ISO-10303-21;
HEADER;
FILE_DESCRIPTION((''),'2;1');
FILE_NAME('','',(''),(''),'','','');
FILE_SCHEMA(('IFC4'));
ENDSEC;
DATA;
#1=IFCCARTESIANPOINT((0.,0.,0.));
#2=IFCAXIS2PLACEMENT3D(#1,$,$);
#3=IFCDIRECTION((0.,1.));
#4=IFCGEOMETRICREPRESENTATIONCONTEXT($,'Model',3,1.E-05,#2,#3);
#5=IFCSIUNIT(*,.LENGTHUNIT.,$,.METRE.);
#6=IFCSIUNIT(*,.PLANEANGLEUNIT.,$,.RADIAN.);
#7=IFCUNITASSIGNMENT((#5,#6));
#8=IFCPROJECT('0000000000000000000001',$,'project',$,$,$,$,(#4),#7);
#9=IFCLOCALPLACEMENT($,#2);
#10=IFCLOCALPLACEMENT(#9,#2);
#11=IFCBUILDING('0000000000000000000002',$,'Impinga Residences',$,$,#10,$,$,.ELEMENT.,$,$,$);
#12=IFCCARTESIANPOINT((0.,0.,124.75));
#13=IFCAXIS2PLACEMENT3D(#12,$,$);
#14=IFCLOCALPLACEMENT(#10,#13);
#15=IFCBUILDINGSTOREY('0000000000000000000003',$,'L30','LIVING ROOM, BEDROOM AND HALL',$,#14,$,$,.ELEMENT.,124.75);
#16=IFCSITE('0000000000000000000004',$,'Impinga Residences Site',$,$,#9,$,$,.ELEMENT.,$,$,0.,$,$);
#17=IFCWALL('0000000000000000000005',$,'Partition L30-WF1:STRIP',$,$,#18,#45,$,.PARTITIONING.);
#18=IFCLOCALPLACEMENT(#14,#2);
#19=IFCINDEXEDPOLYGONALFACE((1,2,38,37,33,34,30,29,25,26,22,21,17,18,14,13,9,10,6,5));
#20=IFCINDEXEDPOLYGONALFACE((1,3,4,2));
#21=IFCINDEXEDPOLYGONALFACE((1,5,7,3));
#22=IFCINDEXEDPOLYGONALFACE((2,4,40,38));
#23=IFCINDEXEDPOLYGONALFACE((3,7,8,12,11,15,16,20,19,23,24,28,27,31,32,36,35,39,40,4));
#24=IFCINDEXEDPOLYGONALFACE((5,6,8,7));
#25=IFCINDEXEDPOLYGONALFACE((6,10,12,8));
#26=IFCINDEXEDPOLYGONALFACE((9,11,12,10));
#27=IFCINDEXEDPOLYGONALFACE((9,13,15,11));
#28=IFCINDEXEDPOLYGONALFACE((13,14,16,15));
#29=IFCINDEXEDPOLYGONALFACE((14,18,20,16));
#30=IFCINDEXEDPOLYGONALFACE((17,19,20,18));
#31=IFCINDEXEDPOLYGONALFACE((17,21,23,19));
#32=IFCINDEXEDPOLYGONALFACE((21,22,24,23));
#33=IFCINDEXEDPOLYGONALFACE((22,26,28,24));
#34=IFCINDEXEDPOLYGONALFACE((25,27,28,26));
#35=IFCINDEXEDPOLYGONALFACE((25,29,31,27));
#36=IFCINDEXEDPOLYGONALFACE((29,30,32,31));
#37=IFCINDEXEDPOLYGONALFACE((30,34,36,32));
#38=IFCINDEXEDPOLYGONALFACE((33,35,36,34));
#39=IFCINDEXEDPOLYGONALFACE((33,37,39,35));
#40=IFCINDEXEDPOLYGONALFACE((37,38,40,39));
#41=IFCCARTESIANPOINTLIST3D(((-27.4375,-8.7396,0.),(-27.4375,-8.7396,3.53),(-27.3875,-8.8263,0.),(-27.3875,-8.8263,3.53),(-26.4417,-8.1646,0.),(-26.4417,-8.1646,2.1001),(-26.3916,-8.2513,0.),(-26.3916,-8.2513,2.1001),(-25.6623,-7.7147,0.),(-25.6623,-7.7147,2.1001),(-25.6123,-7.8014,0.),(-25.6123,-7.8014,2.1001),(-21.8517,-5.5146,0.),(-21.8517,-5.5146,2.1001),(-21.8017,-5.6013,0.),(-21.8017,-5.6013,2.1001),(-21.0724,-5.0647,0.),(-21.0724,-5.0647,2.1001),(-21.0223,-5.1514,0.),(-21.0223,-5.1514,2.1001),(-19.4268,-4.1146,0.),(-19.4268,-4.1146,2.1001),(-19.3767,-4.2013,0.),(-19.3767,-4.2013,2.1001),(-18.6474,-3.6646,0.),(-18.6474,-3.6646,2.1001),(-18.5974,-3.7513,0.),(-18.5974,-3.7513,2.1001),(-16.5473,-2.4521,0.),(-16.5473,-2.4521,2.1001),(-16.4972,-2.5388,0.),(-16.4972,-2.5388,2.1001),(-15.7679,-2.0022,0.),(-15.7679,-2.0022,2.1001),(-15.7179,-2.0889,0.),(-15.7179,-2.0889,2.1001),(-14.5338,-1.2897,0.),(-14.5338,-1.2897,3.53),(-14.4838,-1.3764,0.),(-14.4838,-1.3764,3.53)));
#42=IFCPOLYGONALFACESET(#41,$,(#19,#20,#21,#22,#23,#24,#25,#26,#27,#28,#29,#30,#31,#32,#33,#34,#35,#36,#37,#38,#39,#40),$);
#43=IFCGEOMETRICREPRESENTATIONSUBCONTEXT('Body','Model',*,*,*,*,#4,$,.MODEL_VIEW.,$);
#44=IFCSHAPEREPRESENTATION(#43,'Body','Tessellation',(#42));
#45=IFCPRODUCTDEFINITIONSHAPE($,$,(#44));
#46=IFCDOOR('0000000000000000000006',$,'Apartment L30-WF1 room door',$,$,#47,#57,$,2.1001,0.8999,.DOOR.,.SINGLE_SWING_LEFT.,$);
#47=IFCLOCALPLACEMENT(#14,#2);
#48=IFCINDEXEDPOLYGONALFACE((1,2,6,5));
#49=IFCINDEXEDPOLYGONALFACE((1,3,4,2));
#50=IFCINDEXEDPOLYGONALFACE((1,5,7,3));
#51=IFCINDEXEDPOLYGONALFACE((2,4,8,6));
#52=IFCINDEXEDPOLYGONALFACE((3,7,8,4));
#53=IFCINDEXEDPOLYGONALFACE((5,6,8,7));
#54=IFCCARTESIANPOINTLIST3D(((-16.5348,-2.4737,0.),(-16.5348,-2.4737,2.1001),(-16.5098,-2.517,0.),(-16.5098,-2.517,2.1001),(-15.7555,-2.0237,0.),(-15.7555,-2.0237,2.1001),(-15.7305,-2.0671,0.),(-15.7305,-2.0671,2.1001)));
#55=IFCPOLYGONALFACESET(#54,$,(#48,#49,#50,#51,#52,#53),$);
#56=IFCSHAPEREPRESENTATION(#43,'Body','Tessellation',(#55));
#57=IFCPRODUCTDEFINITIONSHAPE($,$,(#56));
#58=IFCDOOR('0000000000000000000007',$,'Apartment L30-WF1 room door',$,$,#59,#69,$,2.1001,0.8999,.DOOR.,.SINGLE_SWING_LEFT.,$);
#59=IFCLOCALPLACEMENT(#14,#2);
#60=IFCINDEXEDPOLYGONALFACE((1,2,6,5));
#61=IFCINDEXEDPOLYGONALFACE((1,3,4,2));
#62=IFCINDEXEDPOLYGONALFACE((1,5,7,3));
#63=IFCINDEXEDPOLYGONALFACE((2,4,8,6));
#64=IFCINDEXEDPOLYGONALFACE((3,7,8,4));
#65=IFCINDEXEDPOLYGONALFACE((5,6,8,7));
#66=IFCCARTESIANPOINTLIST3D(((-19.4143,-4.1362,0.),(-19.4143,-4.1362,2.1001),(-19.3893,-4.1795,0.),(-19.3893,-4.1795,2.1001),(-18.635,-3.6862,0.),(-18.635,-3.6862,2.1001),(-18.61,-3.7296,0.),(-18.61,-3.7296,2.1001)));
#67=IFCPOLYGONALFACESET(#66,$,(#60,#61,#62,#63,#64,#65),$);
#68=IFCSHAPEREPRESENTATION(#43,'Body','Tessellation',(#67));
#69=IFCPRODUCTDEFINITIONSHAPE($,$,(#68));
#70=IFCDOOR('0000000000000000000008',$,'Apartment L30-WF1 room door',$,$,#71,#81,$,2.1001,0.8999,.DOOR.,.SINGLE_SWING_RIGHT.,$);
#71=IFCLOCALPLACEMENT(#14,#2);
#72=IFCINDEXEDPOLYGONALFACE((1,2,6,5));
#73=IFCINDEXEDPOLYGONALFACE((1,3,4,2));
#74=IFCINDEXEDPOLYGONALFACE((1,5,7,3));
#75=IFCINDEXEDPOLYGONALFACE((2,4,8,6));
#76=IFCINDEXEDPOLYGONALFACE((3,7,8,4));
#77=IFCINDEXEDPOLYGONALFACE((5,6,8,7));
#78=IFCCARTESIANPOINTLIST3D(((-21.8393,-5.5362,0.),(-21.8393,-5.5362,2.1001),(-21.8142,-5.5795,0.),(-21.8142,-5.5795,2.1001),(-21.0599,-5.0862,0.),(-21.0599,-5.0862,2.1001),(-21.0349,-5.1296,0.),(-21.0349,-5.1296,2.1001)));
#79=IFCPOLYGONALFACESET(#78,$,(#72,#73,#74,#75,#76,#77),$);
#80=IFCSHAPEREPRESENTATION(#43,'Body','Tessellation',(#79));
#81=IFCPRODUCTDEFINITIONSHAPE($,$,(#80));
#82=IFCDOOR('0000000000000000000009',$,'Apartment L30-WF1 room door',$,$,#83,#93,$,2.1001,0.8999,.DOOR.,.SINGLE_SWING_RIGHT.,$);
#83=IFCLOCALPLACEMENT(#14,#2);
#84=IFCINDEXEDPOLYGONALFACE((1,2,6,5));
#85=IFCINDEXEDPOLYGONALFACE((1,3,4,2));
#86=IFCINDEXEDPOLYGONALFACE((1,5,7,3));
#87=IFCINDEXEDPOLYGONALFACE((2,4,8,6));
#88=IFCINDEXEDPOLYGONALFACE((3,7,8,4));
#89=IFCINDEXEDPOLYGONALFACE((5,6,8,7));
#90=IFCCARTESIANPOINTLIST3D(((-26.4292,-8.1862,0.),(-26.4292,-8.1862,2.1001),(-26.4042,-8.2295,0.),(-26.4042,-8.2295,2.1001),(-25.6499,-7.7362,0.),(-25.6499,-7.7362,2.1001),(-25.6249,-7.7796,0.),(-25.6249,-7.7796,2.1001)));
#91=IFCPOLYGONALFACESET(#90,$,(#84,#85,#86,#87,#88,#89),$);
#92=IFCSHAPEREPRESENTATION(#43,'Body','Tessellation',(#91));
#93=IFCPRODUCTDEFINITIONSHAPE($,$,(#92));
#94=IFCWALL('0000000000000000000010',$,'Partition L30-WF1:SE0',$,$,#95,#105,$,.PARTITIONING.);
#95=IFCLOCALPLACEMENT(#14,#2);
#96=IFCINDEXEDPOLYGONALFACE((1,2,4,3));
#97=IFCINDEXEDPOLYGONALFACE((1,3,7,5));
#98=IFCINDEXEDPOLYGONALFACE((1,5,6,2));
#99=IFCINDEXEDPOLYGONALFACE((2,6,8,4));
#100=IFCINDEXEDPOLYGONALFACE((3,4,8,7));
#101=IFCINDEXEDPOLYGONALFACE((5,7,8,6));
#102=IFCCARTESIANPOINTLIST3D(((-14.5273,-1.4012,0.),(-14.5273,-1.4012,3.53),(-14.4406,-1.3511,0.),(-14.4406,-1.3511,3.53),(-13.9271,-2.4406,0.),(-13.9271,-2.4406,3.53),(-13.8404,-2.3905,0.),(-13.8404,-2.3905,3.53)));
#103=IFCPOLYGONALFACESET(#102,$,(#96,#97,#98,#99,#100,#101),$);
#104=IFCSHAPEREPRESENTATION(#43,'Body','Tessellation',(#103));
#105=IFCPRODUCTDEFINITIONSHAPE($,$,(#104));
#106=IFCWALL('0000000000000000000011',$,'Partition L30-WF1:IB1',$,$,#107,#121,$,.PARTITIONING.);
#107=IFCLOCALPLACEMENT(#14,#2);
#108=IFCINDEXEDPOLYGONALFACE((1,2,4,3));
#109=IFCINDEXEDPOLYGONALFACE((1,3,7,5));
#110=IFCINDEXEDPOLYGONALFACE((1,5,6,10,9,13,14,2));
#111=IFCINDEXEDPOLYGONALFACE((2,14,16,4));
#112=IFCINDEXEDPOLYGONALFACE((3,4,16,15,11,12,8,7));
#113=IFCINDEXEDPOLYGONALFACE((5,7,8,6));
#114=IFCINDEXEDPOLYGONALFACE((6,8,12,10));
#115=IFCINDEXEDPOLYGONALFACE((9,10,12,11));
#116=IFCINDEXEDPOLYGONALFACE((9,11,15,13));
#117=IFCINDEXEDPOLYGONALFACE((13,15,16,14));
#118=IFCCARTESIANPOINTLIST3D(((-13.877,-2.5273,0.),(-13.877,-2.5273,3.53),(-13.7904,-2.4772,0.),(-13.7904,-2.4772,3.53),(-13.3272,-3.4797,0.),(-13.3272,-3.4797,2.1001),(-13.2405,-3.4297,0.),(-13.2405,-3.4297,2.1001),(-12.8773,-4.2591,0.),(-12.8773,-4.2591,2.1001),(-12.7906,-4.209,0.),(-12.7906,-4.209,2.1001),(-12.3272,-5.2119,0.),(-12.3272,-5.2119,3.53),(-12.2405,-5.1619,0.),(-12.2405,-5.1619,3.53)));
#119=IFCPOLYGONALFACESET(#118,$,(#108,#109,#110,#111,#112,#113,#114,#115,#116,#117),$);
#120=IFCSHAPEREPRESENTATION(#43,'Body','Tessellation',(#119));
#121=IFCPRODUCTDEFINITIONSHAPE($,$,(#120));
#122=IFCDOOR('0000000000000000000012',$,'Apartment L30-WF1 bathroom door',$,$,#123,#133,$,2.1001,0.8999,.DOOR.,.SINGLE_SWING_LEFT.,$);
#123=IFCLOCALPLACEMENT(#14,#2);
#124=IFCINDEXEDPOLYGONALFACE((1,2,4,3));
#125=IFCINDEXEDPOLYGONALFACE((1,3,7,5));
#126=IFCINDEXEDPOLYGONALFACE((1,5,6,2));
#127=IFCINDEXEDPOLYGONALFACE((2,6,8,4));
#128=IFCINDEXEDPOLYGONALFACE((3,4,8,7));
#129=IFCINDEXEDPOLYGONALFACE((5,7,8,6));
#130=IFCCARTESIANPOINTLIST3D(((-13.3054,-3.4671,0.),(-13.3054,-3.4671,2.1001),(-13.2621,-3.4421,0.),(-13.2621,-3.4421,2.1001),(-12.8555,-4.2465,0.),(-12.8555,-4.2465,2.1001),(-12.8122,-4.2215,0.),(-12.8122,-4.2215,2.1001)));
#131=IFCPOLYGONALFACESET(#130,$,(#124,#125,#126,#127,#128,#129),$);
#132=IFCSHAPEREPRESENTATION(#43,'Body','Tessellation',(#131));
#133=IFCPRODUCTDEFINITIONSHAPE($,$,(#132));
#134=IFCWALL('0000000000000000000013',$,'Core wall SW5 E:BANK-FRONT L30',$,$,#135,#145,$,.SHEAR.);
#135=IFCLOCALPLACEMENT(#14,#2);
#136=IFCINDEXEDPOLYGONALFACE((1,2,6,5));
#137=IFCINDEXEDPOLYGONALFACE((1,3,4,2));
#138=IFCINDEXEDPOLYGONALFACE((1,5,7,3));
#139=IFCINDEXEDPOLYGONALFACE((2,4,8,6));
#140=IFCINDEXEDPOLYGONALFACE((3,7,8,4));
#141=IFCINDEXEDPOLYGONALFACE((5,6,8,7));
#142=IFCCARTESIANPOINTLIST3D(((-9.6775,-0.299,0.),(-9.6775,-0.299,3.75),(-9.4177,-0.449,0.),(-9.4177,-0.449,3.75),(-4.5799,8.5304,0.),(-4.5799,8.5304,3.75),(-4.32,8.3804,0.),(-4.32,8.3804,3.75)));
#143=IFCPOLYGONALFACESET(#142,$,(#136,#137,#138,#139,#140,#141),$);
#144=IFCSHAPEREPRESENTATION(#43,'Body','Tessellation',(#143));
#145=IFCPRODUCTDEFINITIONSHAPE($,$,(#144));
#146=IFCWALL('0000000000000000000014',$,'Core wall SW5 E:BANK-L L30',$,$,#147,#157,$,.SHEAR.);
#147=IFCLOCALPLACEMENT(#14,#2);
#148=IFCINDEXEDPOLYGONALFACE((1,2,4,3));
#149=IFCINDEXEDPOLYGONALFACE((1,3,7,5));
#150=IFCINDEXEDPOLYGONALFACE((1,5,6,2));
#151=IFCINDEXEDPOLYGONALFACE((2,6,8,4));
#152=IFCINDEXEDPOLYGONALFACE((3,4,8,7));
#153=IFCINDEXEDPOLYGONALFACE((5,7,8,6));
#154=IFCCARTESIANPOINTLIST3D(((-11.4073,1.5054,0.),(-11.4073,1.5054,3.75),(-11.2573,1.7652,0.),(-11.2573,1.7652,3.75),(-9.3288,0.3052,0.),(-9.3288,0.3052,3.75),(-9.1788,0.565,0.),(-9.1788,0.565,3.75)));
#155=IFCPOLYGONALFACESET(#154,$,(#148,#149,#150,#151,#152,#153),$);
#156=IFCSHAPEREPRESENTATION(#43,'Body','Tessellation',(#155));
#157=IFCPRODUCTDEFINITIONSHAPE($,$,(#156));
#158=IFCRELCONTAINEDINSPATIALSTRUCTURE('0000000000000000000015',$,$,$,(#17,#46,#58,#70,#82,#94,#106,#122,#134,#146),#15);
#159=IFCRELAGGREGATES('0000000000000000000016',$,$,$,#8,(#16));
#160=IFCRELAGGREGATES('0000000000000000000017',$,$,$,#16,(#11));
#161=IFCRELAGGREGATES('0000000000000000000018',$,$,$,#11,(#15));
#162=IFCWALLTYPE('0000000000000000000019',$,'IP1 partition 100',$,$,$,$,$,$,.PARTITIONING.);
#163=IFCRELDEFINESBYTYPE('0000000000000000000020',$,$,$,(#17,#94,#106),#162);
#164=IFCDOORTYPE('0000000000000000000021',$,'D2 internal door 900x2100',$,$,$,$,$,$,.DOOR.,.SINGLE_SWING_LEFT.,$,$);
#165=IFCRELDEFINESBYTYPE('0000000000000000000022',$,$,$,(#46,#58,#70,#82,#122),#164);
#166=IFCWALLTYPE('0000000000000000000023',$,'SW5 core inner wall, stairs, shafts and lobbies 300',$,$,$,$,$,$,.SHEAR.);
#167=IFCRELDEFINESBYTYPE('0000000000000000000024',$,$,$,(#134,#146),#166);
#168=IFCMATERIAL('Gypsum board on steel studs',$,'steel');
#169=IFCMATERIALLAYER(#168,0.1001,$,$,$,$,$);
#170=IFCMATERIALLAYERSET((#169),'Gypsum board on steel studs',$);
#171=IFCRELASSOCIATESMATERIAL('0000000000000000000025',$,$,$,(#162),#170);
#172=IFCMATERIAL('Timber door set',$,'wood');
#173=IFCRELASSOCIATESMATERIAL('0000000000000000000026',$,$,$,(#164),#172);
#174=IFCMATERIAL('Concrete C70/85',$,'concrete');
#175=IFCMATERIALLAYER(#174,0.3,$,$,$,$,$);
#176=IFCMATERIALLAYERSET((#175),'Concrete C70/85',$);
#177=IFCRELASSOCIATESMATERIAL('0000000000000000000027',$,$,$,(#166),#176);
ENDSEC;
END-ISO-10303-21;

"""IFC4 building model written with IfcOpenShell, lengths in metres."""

from ifc_helpers import new_model, si_unit, direction, frame, frame_2d, origin, place, context, subcontext, project, spatial, rectangle, extrude, material, layer, layer_set, type_object, element, fill, save


model = new_model("IFC4")

# Units and contexts
model_context = context("Model", 3, precision=1e-05, world=origin(), true_north=direction((0.0, 1.0)))
body_context = subcontext(model_context, "Body", "Model", "MODEL_VIEW")
ifc_project = project(units=[si_unit("LENGTHUNIT", "METRE"), si_unit("PLANEANGLEUNIT", "RADIAN")], contexts=[model_context])

# Site, building, storey
site_placement = place(None, origin())
site = spatial("IfcSite", under=ifc_project, at=site_placement, Name="Impinga Residences Site", CompositionType="ELEMENT", RefElevation=0.0)
building_placement = place(site_placement, origin())
building = spatial("IfcBuilding", under=site, at=building_placement, Name="Impinga Residences", CompositionType="ELEMENT")
storey_placement = place(building_placement, frame((0.0, 0.0, 124.75)))
storey = spatial("IfcBuildingStorey", under=building, at=storey_placement, Name="L30", Description="LIVING ROOM, BEDROOM AND HALL", CompositionType="ELEMENT", Elevation=124.75)

# Shared definitions
ifc_material_1 = material(Name="Timber door set", Category="wood")

# Shared definitions
ifc_material_2 = material(Name="Gypsum board on steel studs", Category="steel")
ifc_layer_1 = layer(ifc_material_2, 0.1001)
ifc_layer_set_1 = layer_set([ifc_layer_1], Name="Gypsum board on steel studs")
wall_type_1 = type_object("IfcWallType", Name="IP1 partition 100", PredefinedType="PARTITIONING", material=ifc_layer_set_1)

# Wall, openings, doors
wall_1_placement = place(storey_placement, frame((-14.5088, -1.333, 0.0), z_axis=(0.0, 0.0, 1.0), x_axis=(-0.866027, -0.499997, 0.0)))
wall_1 = element("IfcWall", 1, at=wall_1_placement, inside=storey, type_object=wall_type_1, Name="Partition L30-WF1:STRIP", PredefinedType="PARTITIONING", context=body_context, shape_type="SweptSolid", body=[
    extrude(rectangle(XDim=14.8999, YDim=0.1001, at=frame_2d((7.45, 0.0))), origin(), (0.0, 0.0, 1.0), 3.53),
])
opening_1_placement = place(wall_1_placement, frame((1.425, 0.0, 0.0)))
opening_1 = element("IfcOpeningElement", 2, at=opening_1_placement, cuts=wall_1, PredefinedType="OPENING", context=body_context, shape_type="SweptSolid", body=[
    extrude(rectangle(XDim=0.8999, YDim=2.1001, at=frame_2d((0.45, 1.05))), frame((0.0, 0.0601, 0.0), z_axis=(0.0, -1.0, 0.0), x_axis=(1.0, 0.0, 0.0)), (0.0, 0.0, 1.0), 0.1201),
])
opening_2_placement = place(wall_1_placement, frame((4.75, 0.0, 0.0)))
opening_2 = element("IfcOpeningElement", 3, at=opening_2_placement, cuts=wall_1, PredefinedType="OPENING", context=body_context, shape_type="SweptSolid", body=[
    extrude(rectangle(XDim=0.8999, YDim=2.1001, at=frame_2d((0.45, 1.05))), frame((0.0, 0.0601, 0.0), z_axis=(0.0, -1.0, 0.0), x_axis=(1.0, 0.0, 0.0)), (0.0, 0.0, 1.0), 0.1201),
])
opening_3_placement = place(wall_1_placement, frame((7.55, 0.0, 0.0)))
opening_3 = element("IfcOpeningElement", 4, at=opening_3_placement, cuts=wall_1, PredefinedType="OPENING", context=body_context, shape_type="SweptSolid", body=[
    extrude(rectangle(XDim=0.8999, YDim=2.1001, at=frame_2d((0.45, 1.05))), frame((0.0, 0.0601, 0.0), z_axis=(0.0, -1.0, 0.0), x_axis=(1.0, 0.0, 0.0)), (0.0, 0.0, 1.0), 0.1201),
])
opening_4_placement = place(wall_1_placement, frame((12.8501, 0.0, 0.0)))
opening_4 = element("IfcOpeningElement", 5, at=opening_4_placement, cuts=wall_1, PredefinedType="OPENING", context=body_context, shape_type="SweptSolid", body=[
    extrude(rectangle(XDim=0.8999, YDim=2.1001, at=frame_2d((0.45, 1.05))), frame((0.0, 0.0601, 0.0), z_axis=(0.0, -1.0, 0.0), x_axis=(1.0, 0.0, 0.0)), (0.0, 0.0, 1.0), 0.1201),
])
door_type_1 = type_object("IfcDoorType", Name="D2 internal door 900x2100", OperationType="SINGLE_SWING_LEFT", PredefinedType="DOOR", material=ifc_material_1)
door_1_placement = place(opening_1_placement, origin())
door_1 = element("IfcDoor", 6, at=door_1_placement, inside=storey, type_object=door_type_1, Name="Apartment L30-WF1 room door", OperationType="SINGLE_SWING_LEFT", OverallHeight=2.1001, OverallWidth=0.8999, PredefinedType="DOOR", context=body_context, shape_type="SweptSolid", body=[
    extrude(rectangle(XDim=0.8999, YDim=2.1001, at=frame_2d((0.45, 1.05))), frame((0.0, 0.0249, 0.0), z_axis=(0.0, -1.0, 0.0), x_axis=(1.0, 0.0, 0.0)), (0.0, 0.0, 1.0), 0.05),
])
fill(opening_1, door_1)
door_2_placement = place(opening_2_placement, origin())
door_2 = element("IfcDoor", 7, at=door_2_placement, inside=storey, type_object=door_type_1, Name="Apartment L30-WF1 room door", OperationType="SINGLE_SWING_LEFT", OverallHeight=2.1001, OverallWidth=0.8999, PredefinedType="DOOR", context=body_context, shape_type="SweptSolid", body=[
    extrude(rectangle(XDim=0.8999, YDim=2.1001, at=frame_2d((0.45, 1.05))), frame((0.0, 0.0249, 0.0), z_axis=(0.0, -1.0, 0.0), x_axis=(1.0, 0.0, 0.0)), (0.0, 0.0, 1.0), 0.05),
])
fill(opening_2, door_2)
door_3_placement = place(opening_3_placement, origin())
door_3 = element("IfcDoor", 8, at=door_3_placement, inside=storey, type_object=door_type_1, Name="Apartment L30-WF1 room door", OperationType="SINGLE_SWING_RIGHT", OverallHeight=2.1001, OverallWidth=0.8999, PredefinedType="DOOR", context=body_context, shape_type="SweptSolid", body=[
    extrude(rectangle(XDim=0.8999, YDim=2.1001, at=frame_2d((0.45, 1.05))), frame((0.0, 0.0249, 0.0), z_axis=(0.0, -1.0, 0.0), x_axis=(1.0, 0.0, 0.0)), (0.0, 0.0, 1.0), 0.05),
])
fill(opening_3, door_3)
door_4_placement = place(opening_4_placement, origin())
door_4 = element("IfcDoor", 9, at=door_4_placement, inside=storey, type_object=door_type_1, Name="Apartment L30-WF1 room door", OperationType="SINGLE_SWING_RIGHT", OverallHeight=2.1001, OverallWidth=0.8999, PredefinedType="DOOR", context=body_context, shape_type="SweptSolid", body=[
    extrude(rectangle(XDim=0.8999, YDim=2.1001, at=frame_2d((0.45, 1.05))), frame((0.0, 0.0249, 0.0), z_axis=(0.0, -1.0, 0.0), x_axis=(1.0, 0.0, 0.0)), (0.0, 0.0, 1.0), 0.05),
])
fill(opening_4, door_4)

# Wall
wall_2_placement = place(storey_placement, frame((-13.8838, -2.4155, 0.0), z_axis=(0.0, 0.0, 1.0), x_axis=(-0.500034, 0.866006, 0.0)))
element("IfcWall", 10, at=wall_2_placement, inside=storey, type_object=wall_type_1, Name="Partition L30-WF1:SE0", PredefinedType="PARTITIONING", context=body_context, shape_type="SweptSolid", body=[
    extrude(rectangle(XDim=1.2002, YDim=0.1001, at=frame_2d((0.6001, 0.0))), origin(), (0.0, 0.0, 1.0), 3.53),
])

# Wall, opening, door
wall_3_placement = place(storey_placement, frame((-12.2839, -5.1868, 0.0), z_axis=(0.0, 0.0, 1.0), x_axis=(-0.499968, 0.866044, 0.0)))
wall_3 = element("IfcWall", 11, at=wall_3_placement, inside=storey, type_object=wall_type_1, Name="Partition L30-WF1:IB1", PredefinedType="PARTITIONING", context=body_context, shape_type="SweptSolid", body=[
    extrude(rectangle(XDim=3.0999, YDim=0.1001, at=frame_2d((1.5498, 0.0))), origin(), (0.0, 0.0, 1.0), 3.53),
])
opening_5_placement = place(wall_3_placement, frame((1.1001, 0.0, 0.0)))
opening_5 = element("IfcOpeningElement", 12, at=opening_5_placement, cuts=wall_3, PredefinedType="OPENING", context=body_context, shape_type="SweptSolid", body=[
    extrude(rectangle(XDim=0.8999, YDim=2.1001, at=frame_2d((0.45, 1.05))), frame((0.0, 0.0601, 0.0), z_axis=(0.0, -1.0, 0.0), x_axis=(1.0, 0.0, 0.0)), (0.0, 0.0, 1.0), 0.1201),
])
door_5_placement = place(opening_5_placement, origin())
door_5 = element("IfcDoor", 13, at=door_5_placement, inside=storey, type_object=door_type_1, Name="Apartment L30-WF1 bathroom door", OperationType="SINGLE_SWING_LEFT", OverallHeight=2.1001, OverallWidth=0.8999, PredefinedType="DOOR", context=body_context, shape_type="SweptSolid", body=[
    extrude(rectangle(XDim=0.8999, YDim=2.1001, at=frame_2d((0.45, 1.05))), frame((0.0, 0.0249, 0.0), z_axis=(0.0, -1.0, 0.0), x_axis=(1.0, 0.0, 0.0)), (0.0, 0.0, 1.0), 0.05),
])
fill(opening_5, door_5)

# Walls
ifc_material_3 = material(Name="Concrete C70/85", Category="concrete")
ifc_layer_2 = layer(ifc_material_3, 0.3)
ifc_layer_set_2 = layer_set([ifc_layer_2], Name="Concrete C70/85")
wall_type_2 = type_object("IfcWallType", Name="SW5 core inner wall, stairs, shafts and lobbies 300", PredefinedType="SHEAR", material=ifc_layer_set_2)
wall_4_placement = place(storey_placement, frame((-9.5476, -0.374, 0.0), z_axis=(0.0, 0.0, 1.0), x_axis=(0.500002, 0.866024, 0.0)))
element("IfcWall", 14, at=wall_4_placement, inside=storey, type_object=wall_type_2, Name="Core wall SW5 E:BANK-FRONT L30", PredefinedType="SHEAR", context=body_context, shape_type="SweptSolid", body=[
    extrude(rectangle(XDim=10.1953, YDim=0.3, at=frame_2d((5.0977, 0.0))), origin(), (0.0, 0.0, 1.0), 3.75),
])
wall_5_placement = place(storey_placement, frame((-9.2537, 0.4351, 0.0), z_axis=(0.0, 0.0, 1.0), x_axis=(-0.866006, 0.500034, 0.0)))
element("IfcWall", 15, at=wall_5_placement, inside=storey, type_object=wall_type_2, Name="Core wall SW5 E:BANK-L L30", PredefinedType="SHEAR", context=body_context, shape_type="SweptSolid", body=[
    extrude(rectangle(XDim=2.4001, YDim=0.3, at=frame_2d((1.2002, 0.0))), origin(), (0.0, 0.0, 1.0), 3.75),
])

save(model, "model.ifc")
